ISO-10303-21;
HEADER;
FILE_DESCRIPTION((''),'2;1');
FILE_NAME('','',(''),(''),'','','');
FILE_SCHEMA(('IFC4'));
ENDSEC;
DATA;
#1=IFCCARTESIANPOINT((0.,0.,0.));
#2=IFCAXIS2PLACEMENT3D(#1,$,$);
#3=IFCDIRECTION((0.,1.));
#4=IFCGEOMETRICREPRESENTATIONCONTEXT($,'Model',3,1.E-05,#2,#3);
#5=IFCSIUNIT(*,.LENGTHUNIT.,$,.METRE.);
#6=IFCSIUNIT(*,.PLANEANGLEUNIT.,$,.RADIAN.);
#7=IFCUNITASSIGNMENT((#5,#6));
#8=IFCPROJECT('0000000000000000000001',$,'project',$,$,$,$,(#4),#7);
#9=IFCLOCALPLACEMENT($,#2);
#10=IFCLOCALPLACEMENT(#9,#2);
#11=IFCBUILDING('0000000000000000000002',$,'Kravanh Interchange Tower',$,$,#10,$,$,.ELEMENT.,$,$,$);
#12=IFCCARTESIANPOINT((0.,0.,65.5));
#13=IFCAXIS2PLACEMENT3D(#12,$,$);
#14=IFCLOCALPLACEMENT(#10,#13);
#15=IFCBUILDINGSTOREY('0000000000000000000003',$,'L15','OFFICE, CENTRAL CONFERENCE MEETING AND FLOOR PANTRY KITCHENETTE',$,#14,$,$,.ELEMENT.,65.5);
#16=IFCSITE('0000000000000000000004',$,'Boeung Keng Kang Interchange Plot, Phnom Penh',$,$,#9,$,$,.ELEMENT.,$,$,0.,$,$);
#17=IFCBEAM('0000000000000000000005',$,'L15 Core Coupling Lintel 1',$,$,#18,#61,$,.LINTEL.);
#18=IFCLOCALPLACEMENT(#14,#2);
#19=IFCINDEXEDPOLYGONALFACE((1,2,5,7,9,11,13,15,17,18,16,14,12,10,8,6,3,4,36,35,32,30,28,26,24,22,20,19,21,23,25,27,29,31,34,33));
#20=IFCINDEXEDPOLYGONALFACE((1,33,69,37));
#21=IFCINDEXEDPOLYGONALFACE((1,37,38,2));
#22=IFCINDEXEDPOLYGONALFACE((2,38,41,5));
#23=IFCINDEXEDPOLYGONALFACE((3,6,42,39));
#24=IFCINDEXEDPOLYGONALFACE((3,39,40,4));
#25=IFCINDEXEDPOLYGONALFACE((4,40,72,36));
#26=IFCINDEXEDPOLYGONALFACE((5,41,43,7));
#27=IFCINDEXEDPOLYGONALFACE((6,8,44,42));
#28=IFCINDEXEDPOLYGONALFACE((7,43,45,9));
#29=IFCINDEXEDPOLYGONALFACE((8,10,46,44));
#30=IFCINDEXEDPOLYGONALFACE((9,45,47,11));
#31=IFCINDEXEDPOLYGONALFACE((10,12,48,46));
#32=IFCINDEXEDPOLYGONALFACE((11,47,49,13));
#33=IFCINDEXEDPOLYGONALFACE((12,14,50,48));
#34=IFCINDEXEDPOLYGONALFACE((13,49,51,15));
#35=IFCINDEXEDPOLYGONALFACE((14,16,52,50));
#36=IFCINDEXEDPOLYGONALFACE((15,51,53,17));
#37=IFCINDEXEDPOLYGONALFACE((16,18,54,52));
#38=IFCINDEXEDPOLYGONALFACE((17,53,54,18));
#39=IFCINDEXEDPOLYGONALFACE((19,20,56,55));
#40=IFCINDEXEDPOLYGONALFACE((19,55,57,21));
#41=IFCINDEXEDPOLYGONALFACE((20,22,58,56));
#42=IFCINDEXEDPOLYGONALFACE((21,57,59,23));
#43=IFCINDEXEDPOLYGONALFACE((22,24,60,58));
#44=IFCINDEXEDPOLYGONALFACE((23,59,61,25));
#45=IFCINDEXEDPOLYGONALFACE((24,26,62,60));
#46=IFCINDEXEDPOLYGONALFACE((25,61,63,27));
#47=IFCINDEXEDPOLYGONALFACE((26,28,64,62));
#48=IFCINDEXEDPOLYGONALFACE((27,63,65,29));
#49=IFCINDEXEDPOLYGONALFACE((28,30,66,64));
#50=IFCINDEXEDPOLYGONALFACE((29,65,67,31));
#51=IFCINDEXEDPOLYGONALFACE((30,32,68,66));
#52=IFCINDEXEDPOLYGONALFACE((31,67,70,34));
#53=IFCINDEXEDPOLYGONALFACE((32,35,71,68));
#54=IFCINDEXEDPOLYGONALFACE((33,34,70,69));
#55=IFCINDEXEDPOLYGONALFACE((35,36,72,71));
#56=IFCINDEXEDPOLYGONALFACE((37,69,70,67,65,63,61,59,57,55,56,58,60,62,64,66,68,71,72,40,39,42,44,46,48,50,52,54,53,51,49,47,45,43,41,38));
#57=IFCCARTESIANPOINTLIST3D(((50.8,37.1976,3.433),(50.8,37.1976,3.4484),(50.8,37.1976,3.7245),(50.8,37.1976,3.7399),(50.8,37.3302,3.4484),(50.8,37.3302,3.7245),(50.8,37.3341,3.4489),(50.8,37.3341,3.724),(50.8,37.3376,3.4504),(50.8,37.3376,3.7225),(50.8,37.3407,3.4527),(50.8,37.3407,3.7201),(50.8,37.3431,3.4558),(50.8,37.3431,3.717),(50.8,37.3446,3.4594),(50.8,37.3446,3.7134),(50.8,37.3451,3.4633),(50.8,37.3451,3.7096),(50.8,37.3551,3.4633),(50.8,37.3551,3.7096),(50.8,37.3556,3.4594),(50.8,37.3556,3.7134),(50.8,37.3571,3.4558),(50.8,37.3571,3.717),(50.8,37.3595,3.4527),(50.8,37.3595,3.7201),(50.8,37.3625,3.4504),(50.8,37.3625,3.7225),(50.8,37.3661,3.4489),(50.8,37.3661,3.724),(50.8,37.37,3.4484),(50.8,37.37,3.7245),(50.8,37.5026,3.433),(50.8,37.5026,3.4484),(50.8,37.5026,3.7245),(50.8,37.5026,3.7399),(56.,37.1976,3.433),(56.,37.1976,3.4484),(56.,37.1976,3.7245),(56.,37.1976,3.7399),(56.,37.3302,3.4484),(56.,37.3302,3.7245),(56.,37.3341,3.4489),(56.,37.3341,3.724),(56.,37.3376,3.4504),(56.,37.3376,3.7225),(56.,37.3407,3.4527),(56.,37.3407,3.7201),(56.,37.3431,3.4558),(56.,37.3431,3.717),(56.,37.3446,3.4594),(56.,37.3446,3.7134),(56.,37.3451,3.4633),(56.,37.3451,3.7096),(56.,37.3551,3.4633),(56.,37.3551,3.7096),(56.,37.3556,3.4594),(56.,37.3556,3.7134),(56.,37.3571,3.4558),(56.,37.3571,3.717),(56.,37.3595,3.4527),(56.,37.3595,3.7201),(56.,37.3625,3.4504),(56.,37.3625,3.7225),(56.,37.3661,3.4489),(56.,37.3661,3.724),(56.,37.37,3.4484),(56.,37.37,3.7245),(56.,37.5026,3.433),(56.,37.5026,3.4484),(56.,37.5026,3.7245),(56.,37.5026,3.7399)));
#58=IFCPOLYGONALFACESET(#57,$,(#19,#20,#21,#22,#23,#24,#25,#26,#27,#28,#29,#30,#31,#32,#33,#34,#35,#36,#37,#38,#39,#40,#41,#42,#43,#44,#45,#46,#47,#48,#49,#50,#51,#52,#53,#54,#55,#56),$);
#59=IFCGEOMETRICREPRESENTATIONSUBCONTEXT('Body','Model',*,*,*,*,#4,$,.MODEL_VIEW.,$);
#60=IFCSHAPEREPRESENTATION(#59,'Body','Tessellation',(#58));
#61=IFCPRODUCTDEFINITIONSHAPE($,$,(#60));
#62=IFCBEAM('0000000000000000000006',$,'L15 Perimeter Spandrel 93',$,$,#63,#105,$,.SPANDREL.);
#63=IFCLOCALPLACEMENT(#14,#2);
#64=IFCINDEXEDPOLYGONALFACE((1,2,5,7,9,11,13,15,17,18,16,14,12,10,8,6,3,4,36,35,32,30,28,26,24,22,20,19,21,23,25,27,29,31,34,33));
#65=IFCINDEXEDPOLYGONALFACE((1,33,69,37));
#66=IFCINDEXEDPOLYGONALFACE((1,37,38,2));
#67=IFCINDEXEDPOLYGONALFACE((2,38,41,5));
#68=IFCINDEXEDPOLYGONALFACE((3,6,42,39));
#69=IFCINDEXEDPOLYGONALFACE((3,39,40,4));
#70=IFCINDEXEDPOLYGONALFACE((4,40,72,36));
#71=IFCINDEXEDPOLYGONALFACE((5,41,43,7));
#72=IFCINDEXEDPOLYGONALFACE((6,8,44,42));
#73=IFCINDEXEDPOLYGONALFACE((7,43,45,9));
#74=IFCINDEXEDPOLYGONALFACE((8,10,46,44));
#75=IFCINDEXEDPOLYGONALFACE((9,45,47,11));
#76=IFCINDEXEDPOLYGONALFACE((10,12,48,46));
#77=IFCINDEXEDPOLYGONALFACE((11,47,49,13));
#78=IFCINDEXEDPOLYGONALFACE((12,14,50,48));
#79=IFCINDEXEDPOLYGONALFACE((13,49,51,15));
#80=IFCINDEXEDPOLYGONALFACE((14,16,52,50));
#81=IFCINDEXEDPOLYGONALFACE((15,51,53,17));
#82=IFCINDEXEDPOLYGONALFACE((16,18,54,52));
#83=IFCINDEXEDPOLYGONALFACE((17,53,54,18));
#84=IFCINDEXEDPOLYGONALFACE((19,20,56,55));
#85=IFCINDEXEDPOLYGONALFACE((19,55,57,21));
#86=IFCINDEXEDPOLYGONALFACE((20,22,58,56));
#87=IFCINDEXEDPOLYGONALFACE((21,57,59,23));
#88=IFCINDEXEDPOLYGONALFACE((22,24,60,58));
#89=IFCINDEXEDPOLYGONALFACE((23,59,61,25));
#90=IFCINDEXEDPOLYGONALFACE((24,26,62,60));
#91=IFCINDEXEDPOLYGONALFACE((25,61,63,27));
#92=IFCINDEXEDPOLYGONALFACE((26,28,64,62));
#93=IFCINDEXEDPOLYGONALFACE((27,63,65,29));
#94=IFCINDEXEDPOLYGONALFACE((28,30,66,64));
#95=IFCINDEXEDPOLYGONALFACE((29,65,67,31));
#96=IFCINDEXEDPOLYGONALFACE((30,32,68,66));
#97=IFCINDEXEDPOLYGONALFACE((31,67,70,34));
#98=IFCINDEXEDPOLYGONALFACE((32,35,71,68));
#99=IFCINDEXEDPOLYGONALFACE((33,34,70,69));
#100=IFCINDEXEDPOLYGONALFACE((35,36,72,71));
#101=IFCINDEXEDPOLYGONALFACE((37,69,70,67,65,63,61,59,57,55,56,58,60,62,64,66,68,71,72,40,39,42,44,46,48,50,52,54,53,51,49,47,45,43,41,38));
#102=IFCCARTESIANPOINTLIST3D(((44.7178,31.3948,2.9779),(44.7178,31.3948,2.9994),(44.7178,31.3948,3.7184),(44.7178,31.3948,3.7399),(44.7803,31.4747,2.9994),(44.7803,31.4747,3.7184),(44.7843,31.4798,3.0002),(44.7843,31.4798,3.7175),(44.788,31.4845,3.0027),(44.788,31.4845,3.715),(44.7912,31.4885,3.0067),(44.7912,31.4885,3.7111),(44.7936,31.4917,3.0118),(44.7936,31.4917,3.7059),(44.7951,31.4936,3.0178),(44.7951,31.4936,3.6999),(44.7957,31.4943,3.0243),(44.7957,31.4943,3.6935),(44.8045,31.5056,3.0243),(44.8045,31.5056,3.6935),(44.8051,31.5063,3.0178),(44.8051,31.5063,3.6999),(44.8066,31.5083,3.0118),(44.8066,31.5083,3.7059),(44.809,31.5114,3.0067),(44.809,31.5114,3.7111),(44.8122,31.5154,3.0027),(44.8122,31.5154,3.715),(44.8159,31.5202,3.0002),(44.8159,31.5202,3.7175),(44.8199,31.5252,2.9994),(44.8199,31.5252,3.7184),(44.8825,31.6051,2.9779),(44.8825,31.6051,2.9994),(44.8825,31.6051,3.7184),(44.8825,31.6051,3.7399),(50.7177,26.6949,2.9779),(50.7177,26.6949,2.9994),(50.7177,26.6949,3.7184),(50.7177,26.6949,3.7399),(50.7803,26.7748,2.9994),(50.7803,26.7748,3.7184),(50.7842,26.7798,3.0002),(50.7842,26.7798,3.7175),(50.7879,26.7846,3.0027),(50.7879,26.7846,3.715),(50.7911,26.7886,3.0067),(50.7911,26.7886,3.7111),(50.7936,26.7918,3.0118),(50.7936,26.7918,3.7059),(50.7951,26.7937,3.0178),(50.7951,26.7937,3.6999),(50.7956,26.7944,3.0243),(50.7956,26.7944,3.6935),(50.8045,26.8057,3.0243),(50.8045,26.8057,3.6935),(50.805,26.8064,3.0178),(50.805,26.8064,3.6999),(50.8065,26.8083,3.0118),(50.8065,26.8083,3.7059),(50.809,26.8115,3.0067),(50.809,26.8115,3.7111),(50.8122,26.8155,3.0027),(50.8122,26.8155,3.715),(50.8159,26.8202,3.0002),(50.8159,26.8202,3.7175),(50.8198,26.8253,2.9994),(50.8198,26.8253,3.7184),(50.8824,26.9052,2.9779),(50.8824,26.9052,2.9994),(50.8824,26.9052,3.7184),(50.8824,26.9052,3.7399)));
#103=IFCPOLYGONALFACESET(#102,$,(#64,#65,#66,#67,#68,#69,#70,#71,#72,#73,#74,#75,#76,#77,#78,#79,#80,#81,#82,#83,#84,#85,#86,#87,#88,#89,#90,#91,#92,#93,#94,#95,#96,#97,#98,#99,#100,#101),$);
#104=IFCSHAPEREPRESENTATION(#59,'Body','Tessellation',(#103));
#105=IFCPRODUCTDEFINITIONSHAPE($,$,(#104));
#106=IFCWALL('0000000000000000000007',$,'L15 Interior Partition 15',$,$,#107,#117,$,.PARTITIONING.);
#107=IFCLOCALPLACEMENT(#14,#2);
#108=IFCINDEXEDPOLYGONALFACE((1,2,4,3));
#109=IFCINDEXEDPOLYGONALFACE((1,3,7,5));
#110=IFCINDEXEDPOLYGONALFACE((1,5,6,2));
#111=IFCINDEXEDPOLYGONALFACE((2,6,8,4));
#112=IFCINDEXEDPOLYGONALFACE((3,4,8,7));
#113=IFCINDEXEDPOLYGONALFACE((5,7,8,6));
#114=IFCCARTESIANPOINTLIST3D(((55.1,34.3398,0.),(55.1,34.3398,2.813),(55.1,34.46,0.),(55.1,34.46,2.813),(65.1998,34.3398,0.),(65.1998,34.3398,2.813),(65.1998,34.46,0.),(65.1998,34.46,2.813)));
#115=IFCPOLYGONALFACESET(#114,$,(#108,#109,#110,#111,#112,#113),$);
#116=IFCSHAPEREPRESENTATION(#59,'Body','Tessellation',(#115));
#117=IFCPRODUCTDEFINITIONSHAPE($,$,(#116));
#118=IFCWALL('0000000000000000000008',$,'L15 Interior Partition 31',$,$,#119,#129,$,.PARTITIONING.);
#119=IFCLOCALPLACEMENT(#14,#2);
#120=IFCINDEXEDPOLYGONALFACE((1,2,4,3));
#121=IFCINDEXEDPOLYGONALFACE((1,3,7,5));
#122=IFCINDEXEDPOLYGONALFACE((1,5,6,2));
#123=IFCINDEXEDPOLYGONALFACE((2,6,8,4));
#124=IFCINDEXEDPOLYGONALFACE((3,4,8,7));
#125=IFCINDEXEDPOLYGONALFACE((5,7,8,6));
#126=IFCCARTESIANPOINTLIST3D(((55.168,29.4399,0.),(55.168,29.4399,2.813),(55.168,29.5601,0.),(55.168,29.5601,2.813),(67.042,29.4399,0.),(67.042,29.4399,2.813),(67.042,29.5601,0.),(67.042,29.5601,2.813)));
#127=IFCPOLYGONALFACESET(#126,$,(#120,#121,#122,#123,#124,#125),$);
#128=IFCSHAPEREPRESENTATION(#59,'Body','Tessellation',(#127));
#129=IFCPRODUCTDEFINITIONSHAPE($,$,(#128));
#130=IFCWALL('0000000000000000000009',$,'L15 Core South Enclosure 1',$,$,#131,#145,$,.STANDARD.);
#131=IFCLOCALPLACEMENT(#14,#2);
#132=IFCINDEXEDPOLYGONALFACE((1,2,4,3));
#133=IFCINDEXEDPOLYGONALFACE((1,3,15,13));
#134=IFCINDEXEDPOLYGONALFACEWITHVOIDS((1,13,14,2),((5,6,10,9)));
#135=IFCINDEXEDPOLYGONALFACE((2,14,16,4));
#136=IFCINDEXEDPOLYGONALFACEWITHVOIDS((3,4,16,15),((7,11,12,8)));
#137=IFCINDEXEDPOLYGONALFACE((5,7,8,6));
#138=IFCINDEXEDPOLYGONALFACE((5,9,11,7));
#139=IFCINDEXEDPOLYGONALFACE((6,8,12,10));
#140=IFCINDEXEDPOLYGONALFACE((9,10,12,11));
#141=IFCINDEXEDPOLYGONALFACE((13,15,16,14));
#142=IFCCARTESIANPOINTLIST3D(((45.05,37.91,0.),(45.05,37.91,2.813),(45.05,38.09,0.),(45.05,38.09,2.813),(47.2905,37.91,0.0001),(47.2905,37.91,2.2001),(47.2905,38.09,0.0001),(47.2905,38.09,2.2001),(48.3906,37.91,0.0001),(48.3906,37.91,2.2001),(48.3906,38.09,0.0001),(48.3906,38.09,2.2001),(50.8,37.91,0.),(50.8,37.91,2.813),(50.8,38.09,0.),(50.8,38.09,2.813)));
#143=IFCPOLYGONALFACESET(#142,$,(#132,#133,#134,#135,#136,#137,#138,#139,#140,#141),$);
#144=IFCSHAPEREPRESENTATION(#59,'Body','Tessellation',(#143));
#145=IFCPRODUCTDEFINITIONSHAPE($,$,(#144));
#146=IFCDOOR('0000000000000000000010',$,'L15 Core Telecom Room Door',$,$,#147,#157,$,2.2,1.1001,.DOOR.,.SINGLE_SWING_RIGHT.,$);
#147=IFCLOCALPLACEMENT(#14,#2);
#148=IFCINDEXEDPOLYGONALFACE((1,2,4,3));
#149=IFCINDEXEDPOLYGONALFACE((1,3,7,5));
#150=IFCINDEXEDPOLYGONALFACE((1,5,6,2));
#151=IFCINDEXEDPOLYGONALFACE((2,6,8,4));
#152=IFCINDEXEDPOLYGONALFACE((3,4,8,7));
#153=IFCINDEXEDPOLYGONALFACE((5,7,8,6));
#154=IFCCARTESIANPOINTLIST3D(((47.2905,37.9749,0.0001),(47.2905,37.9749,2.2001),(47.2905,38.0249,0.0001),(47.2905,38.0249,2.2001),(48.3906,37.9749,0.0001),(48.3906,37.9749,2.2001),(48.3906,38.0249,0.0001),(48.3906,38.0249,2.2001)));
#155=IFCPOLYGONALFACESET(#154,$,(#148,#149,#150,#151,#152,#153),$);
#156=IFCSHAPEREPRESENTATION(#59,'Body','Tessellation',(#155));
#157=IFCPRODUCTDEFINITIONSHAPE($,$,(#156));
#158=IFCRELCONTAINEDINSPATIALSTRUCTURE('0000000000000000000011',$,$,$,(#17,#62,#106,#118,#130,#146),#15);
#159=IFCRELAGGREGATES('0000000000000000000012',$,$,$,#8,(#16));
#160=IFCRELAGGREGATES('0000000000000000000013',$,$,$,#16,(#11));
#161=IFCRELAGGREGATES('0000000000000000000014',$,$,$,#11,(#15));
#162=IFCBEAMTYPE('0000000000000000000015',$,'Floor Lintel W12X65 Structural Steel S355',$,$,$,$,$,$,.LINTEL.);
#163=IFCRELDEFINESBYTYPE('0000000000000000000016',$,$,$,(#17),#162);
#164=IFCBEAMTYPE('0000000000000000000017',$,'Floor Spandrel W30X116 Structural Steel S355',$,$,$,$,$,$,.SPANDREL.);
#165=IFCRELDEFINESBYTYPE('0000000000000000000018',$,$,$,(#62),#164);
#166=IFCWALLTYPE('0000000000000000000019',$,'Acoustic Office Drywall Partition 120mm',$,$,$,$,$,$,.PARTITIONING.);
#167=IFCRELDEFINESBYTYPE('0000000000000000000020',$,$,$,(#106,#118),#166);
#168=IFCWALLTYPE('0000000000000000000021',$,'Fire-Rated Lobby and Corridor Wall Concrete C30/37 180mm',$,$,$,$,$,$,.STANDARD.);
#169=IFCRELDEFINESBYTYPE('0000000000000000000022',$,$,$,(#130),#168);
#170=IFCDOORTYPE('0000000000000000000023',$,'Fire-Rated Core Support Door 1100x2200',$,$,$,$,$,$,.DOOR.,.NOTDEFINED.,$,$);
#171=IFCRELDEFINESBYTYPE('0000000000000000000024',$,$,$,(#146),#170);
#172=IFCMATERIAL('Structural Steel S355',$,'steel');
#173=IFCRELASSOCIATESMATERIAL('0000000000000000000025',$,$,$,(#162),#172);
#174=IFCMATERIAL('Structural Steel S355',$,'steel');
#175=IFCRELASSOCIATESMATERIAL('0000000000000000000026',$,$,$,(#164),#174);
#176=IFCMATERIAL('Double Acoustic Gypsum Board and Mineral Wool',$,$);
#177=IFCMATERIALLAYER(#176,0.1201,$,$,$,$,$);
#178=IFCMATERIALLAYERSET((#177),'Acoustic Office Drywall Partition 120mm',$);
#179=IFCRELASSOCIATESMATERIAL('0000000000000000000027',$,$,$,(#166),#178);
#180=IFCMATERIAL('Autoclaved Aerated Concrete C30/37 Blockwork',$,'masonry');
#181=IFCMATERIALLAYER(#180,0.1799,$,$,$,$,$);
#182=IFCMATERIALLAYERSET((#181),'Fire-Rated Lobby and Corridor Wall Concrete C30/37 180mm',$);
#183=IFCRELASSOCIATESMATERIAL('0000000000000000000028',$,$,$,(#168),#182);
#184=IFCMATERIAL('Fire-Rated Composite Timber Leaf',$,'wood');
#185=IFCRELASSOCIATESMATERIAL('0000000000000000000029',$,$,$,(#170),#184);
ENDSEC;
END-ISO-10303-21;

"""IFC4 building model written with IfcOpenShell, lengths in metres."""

from ifc_helpers import new_model, si_unit, direction, frame, frame_2d, origin, origin_2d, place, context, subcontext, project, spatial, rectangle, i_section, extrude, material, layer, layer_set, material_profile, profile_set, type_object, element, fill, save


model = new_model("IFC4")

# Units and contexts
model_context = context("Model", 3, precision=1e-05, world=origin(), true_north=direction((0.0, 1.0)))
body_context = subcontext(model_context, "Body", "Model", "MODEL_VIEW")
ifc_project = project(units=[si_unit("LENGTHUNIT", "METRE"), si_unit("PLANEANGLEUNIT", "RADIAN")], contexts=[model_context])

# Site, building, storey
site_placement = place(None, origin())
site = spatial("IfcSite", under=ifc_project, at=site_placement, Name="Boeung Keng Kang Interchange Plot, Phnom Penh", CompositionType="ELEMENT", RefElevation=0.0)
building_placement = place(site_placement, origin())
building = spatial("IfcBuilding", under=site, at=building_placement, Name="Kravanh Interchange Tower", CompositionType="ELEMENT")
storey_placement = place(building_placement, frame((0.0, 0.0, 65.5)))
storey = spatial("IfcBuildingStorey", under=building, at=storey_placement, Name="L15", Description="OFFICE, CENTRAL CONFERENCE MEETING AND FLOOR PANTRY KITCHENETTE", CompositionType="ELEMENT", Elevation=65.5)

# Beams
ifc_material_1 = material(Name="Structural Steel S355", Category="steel")
ifc_material_profile_1 = material_profile(ifc_material_1, i_section(OverallWidth=0.3049, OverallDepth=0.3069, WebThickness=0.01, FlangeThickness=0.0154, FilletRadius=0.0149, at=origin_2d()), Name="W12X65")
ifc_profile_set_1 = profile_set([ifc_material_profile_1], Name="Structural Steel S355")
beam_type_1 = type_object("IfcBeamType", Name="Floor Lintel W12X65 Structural Steel S355", PredefinedType="LINTEL", material=ifc_profile_set_1)
beam_1_placement = place(storey_placement, frame((50.8, 37.3501, 3.5864), z_axis=(1.0, 0.0, 0.0), x_axis=(0.0, 1.0, 0.0)))
element("IfcBeam", 1, at=beam_1_placement, inside=storey, type_object=beam_type_1, Name="L15 Core Coupling Lintel 1", PredefinedType="LINTEL", context=body_context, shape_type="SweptSolid", body=[
    extrude(i_section(OverallWidth=0.3049, OverallDepth=0.3069, WebThickness=0.01, FlangeThickness=0.0154, FilletRadius=0.0149, at=origin_2d()), origin(), (0.0, 0.0, 1.0), 5.2),
])
ifc_material_2 = material(Name="Structural Steel S355", Category="steel")
ifc_material_profile_2 = material_profile(ifc_material_2, i_section(OverallWidth=0.2671, OverallDepth=0.762, WebThickness=0.0144, FlangeThickness=0.0215, FilletRadius=0.0249, at=origin_2d()), Name="W30X116")
ifc_profile_set_2 = profile_set([ifc_material_profile_2], Name="Structural Steel S355")
beam_type_2 = type_object("IfcBeamType", Name="Floor Spandrel W30X116 Structural Steel S355", PredefinedType="SPANDREL", material=ifc_profile_set_2)
beam_2_placement = place(storey_placement, frame((50.8, 26.8, 3.3589), z_axis=(-0.787231, 0.616658, 0.0), x_axis=(-0.616658, -0.787231, 0.0)))
element("IfcBeam", 2, at=beam_2_placement, inside=storey, type_object=beam_type_2, Name="L15 Perimeter Spandrel 93", PredefinedType="SPANDREL", context=body_context, shape_type="SweptSolid", body=[
    extrude(i_section(OverallWidth=0.2671, OverallDepth=0.762, WebThickness=0.0144, FlangeThickness=0.0215, FilletRadius=0.0249, at=origin_2d()), origin(), (0.0, 0.0, 1.0), 7.6216),
])

# Walls
ifc_material_3 = material(Name="Double Acoustic Gypsum Board and Mineral Wool")
ifc_layer_1 = layer(ifc_material_3, 0.1201)
ifc_layer_set_1 = layer_set([ifc_layer_1], Name="Acoustic Office Drywall Partition 120mm")
wall_type_1 = type_object("IfcWallType", Name="Acoustic Office Drywall Partition 120mm", PredefinedType="PARTITIONING", material=ifc_layer_set_1)
wall_1_placement = place(storey_placement, frame((55.1001, 34.3999, 0.0), z_axis=(0.0, 0.0, 1.0), x_axis=(1.0, 0.0, 0.0)))
element("IfcWall", 3, at=wall_1_placement, inside=storey, type_object=wall_type_1, Name="L15 Interior Partition 15", PredefinedType="PARTITIONING", context=body_context, shape_type="SweptSolid", body=[
    extrude(rectangle(XDim=10.0999, YDim=0.1201, at=frame_2d((5.0498, 0.0))), origin(), (0.0, 0.0, 1.0), 2.813),
])
wall_2_placement = place(storey_placement, frame((55.168, 29.5, 0.0), z_axis=(0.0, 0.0, 1.0), x_axis=(1.0, 0.0, 0.0)))
element("IfcWall", 4, at=wall_2_placement, inside=storey, type_object=wall_type_1, Name="L15 Interior Partition 31", PredefinedType="PARTITIONING", context=body_context, shape_type="SweptSolid", body=[
    extrude(rectangle(XDim=11.874, YDim=0.1201, at=frame_2d((5.937, 0.0))), origin(), (0.0, 0.0, 1.0), 2.813),
])

# Wall, opening, door
ifc_material_4 = material(Name="Autoclaved Aerated Concrete C30/37 Blockwork", Category="masonry")
ifc_layer_2 = layer(ifc_material_4, 0.1799)
ifc_layer_set_2 = layer_set([ifc_layer_2], Name="Fire-Rated Lobby and Corridor Wall Concrete C30/37 180mm")
wall_type_2 = type_object("IfcWallType", Name="Fire-Rated Lobby and Corridor Wall Concrete C30/37 180mm", PredefinedType="STANDARD", material=ifc_layer_set_2)
wall_3_placement = place(storey_placement, frame((45.05, 38.0, 0.0), z_axis=(0.0, 0.0, 1.0), x_axis=(1.0, 0.0, 0.0)))
wall_3 = element("IfcWall", 5, at=wall_3_placement, inside=storey, type_object=wall_type_2, Name="L15 Core South Enclosure 1", PredefinedType="STANDARD", context=body_context, shape_type="SweptSolid", body=[
    extrude(rectangle(XDim=5.75, YDim=0.1799, at=frame_2d((2.875, 0.0))), origin(), (0.0, 0.0, 1.0), 2.813),
])
opening_placement = place(wall_3_placement, frame((2.2405, 0.0, 0.0)))
opening = element("IfcOpeningElement", 6, at=opening_placement, cuts=wall_3, PredefinedType="OPENING", context=body_context, shape_type="SweptSolid", body=[
    extrude(rectangle(XDim=1.1001, YDim=2.2, at=frame_2d((0.55, 1.1001))), frame((0.0, 0.1001, 0.0), z_axis=(0.0, -1.0, 0.0), x_axis=(1.0, 0.0, 0.0)), (0.0, 0.0, 1.0), 0.2),
])
ifc_material_5 = material(Name="Fire-Rated Composite Timber Leaf", Category="wood")
door_type = type_object("IfcDoorType", Name="Fire-Rated Core Support Door 1100x2200", OperationType="NOTDEFINED", PredefinedType="DOOR", material=ifc_material_5)
door_placement = place(opening_placement, origin())
door = element("IfcDoor", 7, at=door_placement, inside=storey, type_object=door_type, Name="L15 Core Telecom Room Door", OperationType="SINGLE_SWING_RIGHT", OverallHeight=2.2, OverallWidth=1.1001, PredefinedType="DOOR", context=body_context, shape_type="SweptSolid", body=[
    extrude(rectangle(XDim=1.1001, YDim=2.2, at=frame_2d((0.55, 1.1001))), frame((0.0, 0.0249, 0.0), z_axis=(0.0, -1.0, 0.0), x_axis=(1.0, 0.0, 0.0)), (0.0, 0.0, 1.0), 0.05),
])
fill(opening, door)

save(model, "model.ifc")
